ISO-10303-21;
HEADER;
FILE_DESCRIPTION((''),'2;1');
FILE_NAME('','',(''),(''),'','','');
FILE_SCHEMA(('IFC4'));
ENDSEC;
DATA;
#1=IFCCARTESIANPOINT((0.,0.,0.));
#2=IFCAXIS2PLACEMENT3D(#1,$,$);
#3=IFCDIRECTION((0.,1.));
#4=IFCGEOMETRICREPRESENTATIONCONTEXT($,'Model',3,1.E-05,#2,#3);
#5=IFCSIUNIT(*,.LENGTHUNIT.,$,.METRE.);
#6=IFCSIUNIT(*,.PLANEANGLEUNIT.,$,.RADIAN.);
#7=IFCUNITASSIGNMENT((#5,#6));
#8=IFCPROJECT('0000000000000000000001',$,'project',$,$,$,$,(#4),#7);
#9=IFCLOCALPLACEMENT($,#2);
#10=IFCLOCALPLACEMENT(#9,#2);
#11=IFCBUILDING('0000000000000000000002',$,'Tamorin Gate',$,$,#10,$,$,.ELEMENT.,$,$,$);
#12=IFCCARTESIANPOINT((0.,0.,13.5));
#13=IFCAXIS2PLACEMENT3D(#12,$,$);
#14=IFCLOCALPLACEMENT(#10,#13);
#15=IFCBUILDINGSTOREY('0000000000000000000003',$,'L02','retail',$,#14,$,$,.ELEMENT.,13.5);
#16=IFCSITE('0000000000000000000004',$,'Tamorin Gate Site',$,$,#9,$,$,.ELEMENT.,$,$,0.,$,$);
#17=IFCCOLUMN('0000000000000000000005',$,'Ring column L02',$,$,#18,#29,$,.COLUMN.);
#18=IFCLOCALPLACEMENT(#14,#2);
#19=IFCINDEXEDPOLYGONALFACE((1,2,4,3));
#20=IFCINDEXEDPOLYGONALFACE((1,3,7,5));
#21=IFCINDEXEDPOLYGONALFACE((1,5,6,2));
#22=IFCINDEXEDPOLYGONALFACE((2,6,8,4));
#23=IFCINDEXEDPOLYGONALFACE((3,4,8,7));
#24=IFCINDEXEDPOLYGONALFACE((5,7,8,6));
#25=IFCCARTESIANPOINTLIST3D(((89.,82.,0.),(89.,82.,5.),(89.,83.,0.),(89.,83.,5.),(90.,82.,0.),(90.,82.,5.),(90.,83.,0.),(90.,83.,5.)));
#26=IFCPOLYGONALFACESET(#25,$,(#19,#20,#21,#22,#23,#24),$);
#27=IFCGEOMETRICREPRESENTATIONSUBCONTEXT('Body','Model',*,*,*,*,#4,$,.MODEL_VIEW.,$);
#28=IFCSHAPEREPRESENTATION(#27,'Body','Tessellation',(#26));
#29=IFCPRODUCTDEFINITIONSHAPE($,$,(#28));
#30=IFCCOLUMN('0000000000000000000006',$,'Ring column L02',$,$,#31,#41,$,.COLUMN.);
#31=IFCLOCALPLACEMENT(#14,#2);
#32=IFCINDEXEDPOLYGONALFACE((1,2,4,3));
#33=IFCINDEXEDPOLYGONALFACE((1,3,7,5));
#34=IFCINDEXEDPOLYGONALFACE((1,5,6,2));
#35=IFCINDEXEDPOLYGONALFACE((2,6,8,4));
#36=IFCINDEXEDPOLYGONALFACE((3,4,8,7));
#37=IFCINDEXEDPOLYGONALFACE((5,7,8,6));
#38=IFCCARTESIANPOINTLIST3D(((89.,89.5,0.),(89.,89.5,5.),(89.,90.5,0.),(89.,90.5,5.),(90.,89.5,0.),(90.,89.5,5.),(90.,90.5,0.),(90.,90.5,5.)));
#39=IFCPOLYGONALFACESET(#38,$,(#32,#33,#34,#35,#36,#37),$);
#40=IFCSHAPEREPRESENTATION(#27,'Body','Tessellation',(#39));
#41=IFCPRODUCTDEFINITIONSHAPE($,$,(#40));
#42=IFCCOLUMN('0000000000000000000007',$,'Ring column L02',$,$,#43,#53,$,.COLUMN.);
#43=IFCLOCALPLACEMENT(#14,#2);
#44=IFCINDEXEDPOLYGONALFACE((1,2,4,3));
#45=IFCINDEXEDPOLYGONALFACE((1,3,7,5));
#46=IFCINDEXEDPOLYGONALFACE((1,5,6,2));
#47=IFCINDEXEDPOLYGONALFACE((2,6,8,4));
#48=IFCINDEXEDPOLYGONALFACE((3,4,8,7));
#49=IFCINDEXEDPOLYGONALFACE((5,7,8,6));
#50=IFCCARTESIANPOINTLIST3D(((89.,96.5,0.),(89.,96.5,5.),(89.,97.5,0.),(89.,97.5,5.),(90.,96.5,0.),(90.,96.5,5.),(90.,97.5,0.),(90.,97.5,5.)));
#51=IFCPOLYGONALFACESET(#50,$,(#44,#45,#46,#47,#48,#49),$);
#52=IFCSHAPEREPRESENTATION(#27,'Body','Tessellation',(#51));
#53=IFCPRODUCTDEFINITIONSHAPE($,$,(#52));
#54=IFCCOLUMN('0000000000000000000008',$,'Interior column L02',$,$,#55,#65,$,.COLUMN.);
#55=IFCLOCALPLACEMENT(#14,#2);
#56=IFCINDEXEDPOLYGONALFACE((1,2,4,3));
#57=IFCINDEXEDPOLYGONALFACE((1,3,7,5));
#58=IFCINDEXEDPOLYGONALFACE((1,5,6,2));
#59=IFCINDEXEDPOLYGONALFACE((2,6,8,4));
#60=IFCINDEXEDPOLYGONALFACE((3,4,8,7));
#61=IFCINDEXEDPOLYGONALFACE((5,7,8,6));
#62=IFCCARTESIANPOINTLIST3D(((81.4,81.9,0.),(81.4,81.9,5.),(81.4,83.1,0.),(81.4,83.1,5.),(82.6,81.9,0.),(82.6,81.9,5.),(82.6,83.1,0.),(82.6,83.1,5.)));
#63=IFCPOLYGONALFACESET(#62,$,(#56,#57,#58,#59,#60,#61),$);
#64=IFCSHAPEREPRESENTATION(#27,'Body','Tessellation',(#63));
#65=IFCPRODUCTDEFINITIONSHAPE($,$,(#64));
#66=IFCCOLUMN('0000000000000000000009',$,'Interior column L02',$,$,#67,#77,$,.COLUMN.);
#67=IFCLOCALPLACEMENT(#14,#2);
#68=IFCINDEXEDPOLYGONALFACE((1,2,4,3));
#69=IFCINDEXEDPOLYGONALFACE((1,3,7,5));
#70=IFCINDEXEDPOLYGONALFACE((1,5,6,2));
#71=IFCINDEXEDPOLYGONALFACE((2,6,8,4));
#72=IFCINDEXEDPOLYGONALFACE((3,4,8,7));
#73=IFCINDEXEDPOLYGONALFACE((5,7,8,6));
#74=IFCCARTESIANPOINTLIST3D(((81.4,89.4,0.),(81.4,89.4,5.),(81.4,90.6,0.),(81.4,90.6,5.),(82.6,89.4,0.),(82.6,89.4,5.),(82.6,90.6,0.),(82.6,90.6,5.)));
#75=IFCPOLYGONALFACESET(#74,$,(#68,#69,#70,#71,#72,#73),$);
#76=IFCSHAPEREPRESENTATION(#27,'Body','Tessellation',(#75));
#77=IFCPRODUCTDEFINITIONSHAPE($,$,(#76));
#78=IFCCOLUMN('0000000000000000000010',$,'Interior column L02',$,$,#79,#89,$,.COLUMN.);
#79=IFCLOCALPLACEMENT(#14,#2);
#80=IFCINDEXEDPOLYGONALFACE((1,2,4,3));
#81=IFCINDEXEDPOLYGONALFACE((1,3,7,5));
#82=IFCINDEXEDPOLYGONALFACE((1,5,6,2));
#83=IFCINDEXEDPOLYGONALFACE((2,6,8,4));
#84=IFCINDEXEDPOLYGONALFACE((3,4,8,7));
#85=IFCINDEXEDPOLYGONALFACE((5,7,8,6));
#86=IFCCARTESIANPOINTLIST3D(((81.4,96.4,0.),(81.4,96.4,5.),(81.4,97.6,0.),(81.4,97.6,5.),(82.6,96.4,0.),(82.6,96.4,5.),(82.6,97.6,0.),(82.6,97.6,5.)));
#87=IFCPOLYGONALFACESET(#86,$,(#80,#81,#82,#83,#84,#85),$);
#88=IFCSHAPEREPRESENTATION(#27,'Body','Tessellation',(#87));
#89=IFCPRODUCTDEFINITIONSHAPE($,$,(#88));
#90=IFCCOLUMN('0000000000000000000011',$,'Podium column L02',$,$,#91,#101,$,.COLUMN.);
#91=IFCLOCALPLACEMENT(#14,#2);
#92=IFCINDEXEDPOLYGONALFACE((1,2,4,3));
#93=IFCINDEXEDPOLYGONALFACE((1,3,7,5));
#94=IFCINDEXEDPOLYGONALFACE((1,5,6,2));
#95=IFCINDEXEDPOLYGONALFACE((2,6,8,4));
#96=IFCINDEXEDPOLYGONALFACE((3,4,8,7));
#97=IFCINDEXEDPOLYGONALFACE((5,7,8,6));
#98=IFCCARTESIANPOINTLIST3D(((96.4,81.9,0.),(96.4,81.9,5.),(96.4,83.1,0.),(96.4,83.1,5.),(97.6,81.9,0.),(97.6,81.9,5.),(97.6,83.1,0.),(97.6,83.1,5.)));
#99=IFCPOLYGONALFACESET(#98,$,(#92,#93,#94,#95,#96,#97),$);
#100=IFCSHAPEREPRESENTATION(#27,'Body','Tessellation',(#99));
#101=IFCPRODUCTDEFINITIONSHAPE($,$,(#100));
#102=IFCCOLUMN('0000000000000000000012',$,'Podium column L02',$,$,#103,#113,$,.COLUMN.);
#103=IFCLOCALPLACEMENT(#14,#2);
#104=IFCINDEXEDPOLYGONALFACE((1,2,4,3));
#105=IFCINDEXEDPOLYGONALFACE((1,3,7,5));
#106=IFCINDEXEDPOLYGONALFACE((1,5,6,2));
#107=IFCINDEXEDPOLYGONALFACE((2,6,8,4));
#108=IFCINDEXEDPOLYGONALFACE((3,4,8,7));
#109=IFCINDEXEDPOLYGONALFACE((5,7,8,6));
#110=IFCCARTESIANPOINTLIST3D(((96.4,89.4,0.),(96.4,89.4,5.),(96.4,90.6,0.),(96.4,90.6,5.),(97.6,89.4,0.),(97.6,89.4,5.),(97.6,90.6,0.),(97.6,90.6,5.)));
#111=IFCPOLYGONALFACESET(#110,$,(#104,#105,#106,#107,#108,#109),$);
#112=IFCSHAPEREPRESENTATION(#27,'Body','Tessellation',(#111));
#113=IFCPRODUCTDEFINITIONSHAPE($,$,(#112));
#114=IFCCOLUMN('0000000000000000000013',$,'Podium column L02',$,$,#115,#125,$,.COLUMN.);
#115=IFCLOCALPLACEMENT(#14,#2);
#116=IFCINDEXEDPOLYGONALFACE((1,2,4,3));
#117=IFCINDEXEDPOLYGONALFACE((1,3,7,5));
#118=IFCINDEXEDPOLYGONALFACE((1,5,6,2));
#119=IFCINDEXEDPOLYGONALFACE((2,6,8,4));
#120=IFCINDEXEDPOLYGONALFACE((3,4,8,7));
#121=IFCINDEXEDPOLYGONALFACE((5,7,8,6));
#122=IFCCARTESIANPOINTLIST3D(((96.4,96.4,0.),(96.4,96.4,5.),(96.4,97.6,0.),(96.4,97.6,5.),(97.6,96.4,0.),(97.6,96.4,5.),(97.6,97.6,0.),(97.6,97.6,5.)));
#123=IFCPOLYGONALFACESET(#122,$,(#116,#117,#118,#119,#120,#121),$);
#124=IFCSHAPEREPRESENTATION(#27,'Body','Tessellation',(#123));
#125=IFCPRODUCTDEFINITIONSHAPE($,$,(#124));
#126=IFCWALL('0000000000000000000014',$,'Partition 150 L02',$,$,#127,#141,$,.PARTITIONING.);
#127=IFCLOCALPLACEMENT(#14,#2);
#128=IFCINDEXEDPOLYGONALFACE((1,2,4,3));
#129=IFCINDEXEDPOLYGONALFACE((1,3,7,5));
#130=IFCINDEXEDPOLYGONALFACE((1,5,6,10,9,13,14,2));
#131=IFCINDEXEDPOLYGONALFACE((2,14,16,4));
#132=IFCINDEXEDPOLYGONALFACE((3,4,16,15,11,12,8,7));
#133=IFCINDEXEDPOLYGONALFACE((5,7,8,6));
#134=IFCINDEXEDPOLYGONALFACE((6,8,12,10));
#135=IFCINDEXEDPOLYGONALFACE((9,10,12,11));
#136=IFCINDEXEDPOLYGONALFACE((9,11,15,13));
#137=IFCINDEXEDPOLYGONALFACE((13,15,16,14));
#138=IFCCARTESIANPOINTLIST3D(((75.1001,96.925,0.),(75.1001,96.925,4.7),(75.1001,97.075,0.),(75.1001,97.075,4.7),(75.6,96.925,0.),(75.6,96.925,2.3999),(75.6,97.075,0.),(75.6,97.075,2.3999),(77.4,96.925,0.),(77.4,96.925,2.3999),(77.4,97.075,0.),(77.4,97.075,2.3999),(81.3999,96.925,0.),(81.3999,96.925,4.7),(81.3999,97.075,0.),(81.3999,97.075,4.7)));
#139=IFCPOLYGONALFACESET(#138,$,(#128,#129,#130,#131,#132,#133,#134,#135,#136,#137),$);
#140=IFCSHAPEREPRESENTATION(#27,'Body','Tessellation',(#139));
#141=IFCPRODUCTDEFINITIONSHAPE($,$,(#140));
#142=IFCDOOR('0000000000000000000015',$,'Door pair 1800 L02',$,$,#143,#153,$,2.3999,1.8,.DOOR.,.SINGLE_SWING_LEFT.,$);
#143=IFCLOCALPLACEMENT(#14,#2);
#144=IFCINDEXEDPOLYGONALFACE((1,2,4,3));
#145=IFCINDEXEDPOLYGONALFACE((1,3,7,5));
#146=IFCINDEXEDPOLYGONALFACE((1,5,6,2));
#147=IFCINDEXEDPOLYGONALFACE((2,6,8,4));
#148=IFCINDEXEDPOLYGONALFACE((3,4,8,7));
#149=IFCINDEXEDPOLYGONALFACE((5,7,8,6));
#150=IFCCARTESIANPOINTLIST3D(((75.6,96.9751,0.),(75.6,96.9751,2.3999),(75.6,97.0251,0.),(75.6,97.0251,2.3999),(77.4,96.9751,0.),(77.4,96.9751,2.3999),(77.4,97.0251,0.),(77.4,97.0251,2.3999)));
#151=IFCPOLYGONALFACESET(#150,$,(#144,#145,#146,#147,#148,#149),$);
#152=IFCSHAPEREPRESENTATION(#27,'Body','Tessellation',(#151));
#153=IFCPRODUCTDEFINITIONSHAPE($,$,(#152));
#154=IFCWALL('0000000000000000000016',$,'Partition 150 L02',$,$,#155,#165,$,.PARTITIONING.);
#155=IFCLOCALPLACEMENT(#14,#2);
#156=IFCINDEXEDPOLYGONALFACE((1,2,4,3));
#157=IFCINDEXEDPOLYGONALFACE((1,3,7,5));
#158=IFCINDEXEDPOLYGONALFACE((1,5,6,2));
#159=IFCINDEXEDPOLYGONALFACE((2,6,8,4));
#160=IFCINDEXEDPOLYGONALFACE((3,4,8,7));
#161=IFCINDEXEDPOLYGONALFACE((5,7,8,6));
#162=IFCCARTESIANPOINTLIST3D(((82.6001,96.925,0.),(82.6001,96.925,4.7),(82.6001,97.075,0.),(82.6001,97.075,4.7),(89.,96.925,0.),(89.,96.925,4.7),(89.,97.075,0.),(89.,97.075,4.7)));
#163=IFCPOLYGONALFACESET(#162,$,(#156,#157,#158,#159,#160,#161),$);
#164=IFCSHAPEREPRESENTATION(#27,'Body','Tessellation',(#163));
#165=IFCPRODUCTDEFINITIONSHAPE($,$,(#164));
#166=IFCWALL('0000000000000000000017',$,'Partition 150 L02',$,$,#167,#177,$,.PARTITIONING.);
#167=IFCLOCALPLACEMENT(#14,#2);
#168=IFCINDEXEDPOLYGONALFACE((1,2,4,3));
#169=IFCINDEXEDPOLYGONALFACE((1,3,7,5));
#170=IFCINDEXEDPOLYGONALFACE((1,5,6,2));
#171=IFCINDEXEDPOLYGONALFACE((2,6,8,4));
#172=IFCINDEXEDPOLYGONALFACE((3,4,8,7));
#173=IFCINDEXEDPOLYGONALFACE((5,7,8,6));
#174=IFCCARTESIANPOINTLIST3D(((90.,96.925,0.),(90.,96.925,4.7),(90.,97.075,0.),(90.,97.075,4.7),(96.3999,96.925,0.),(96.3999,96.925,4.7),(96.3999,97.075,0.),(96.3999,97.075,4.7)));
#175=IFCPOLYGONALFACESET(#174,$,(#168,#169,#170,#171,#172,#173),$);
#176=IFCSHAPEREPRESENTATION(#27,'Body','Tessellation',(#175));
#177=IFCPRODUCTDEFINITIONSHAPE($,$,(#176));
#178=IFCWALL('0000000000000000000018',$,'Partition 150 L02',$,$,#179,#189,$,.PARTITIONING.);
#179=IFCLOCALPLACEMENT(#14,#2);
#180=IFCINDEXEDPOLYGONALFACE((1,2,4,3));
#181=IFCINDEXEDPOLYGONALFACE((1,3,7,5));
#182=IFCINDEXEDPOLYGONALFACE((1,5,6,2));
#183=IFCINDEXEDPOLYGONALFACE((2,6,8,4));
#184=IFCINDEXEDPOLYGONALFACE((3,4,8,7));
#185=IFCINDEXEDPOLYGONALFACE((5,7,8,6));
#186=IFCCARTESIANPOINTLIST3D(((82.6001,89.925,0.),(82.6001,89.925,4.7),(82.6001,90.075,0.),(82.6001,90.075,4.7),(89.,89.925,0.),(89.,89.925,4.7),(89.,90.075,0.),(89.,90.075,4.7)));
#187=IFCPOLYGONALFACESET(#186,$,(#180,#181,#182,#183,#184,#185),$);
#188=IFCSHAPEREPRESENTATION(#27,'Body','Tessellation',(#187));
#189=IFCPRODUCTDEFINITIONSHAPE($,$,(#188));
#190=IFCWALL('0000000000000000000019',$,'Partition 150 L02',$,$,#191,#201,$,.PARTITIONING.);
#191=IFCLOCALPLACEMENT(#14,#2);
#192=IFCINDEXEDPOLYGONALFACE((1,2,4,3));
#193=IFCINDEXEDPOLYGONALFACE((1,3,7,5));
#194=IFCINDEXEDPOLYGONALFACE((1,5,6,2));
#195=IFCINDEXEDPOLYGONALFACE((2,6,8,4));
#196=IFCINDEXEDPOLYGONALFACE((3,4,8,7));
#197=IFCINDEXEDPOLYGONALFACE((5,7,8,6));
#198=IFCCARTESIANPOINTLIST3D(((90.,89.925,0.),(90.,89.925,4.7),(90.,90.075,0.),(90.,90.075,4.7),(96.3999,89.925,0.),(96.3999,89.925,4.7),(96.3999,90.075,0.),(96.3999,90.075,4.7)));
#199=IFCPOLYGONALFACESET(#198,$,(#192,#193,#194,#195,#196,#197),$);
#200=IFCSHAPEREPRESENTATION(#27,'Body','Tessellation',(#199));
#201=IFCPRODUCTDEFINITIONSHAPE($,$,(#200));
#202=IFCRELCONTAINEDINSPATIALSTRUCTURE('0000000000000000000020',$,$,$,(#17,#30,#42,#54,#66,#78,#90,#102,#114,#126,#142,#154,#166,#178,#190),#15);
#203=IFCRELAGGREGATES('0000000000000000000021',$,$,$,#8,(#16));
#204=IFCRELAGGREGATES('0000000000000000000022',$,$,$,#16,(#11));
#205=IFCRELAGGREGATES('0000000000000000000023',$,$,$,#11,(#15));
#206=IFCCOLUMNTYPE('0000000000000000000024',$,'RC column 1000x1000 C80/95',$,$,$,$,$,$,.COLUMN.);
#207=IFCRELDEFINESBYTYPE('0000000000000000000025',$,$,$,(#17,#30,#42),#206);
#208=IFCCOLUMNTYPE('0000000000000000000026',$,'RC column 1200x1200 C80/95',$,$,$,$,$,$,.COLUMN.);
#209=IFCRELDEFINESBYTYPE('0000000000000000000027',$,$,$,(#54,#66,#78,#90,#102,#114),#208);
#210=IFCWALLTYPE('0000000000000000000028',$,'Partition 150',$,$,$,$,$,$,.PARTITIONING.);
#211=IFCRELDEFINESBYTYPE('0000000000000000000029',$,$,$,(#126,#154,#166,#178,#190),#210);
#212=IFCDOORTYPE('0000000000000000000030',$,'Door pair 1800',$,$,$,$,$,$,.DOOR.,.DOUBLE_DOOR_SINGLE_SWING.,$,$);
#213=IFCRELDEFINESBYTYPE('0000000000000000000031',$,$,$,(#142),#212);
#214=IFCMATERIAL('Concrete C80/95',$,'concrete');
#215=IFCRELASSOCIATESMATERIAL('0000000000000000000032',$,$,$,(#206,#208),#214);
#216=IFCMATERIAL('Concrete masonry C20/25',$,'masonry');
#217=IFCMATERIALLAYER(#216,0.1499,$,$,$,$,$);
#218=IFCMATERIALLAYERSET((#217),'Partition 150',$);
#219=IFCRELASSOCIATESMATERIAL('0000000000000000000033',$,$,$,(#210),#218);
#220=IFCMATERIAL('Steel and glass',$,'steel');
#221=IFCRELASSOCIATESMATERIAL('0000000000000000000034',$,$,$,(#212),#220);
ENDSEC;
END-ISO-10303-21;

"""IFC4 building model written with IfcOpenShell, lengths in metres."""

from ifc_helpers import new_model, si_unit, direction, frame, frame_2d, origin, origin_2d, place, context, subcontext, project, spatial, rectangle, extrude, material, layer, layer_set, material_profile, profile_set, type_object, element, fill, save


model = new_model("IFC4")

# Units and contexts
model_context = context("Model", 3, precision=1e-05, world=origin(), true_north=direction((0.0, 1.0)))
body_context = subcontext(model_context, "Body", "Model", "MODEL_VIEW")
ifc_project = project(units=[si_unit("LENGTHUNIT", "METRE"), si_unit("PLANEANGLEUNIT", "RADIAN")], contexts=[model_context])

# Site, building, storey
site_placement = place(None, origin())
site = spatial("IfcSite", under=ifc_project, at=site_placement, Name="Tamorin Gate Site", CompositionType="ELEMENT", RefElevation=0.0)
building_placement = place(site_placement, origin())
building = spatial("IfcBuilding", under=site, at=building_placement, Name="Tamorin Gate", CompositionType="ELEMENT")
storey_placement = place(building_placement, frame((0.0, 0.0, 13.5)))
storey = spatial("IfcBuildingStorey", under=building, at=storey_placement, Name="L02", Description="retail", CompositionType="ELEMENT", Elevation=13.5)

# Columns
ifc_material_1 = material(Name="Concrete C80/95", Category="concrete")
ifc_material_profile_1 = material_profile(ifc_material_1, rectangle(XDim=1.0, YDim=1.0, at=origin_2d()), Name="RC 1000x1000")
ifc_profile_set_1 = profile_set([ifc_material_profile_1], Name="Concrete C80/95")
column_type_1 = type_object("IfcColumnType", Name="RC column 1000x1000 C80/95", PredefinedType="COLUMN", material=ifc_profile_set_1)
for number, where, z_axis, x_axis, name in (
    (1, (89.5, 82.5, 0.0), (0.0, 0.0, 1.0), (1.0, 0.0, 0.0), "Ring column L02"),
    (2, (89.5, 90.0, 0.0), (0.0, 0.0, 1.0), (1.0, 0.0, 0.0), "Ring column L02"),
    (3, (89.5, 97.0, 0.0), (0.0, 0.0, 1.0), (1.0, 0.0, 0.0), "Ring column L02"),
):
    element("IfcColumn", number, at=place(storey_placement, frame(where, z_axis=z_axis, x_axis=x_axis)), inside=storey, type_object=column_type_1, Name=name, PredefinedType="COLUMN", context=body_context, shape_type="SweptSolid", body=[
        extrude(rectangle(XDim=1.0, YDim=1.0, at=origin_2d()), origin(), (0.0, 0.0, 1.0), 5.0),
    ])
ifc_material_profile_2 = material_profile(ifc_material_1, rectangle(XDim=1.2, YDim=1.2, at=origin_2d()), Name="RC 1200x1200")
ifc_profile_set_2 = profile_set([ifc_material_profile_2], Name="Concrete C80/95")
column_type_2 = type_object("IfcColumnType", Name="RC column 1200x1200 C80/95", PredefinedType="COLUMN", material=ifc_profile_set_2)
for number, where, z_axis, x_axis, name in (
    (4, (82.0, 82.5, 0.0), (0.0, 0.0, 1.0), (1.0, 0.0, 0.0), "Interior column L02"),
    (5, (82.0, 90.0, 0.0), (0.0, 0.0, 1.0), (1.0, 0.0, 0.0), "Interior column L02"),
    (6, (82.0, 97.0, 0.0), (0.0, 0.0, 1.0), (1.0, 0.0, 0.0), "Interior column L02"),
    (7, (97.0, 82.5, 0.0), (0.0, 0.0, 1.0), (1.0, 0.0, 0.0), "Podium column L02"),
    (8, (97.0, 90.0, 0.0), (0.0, 0.0, 1.0), (1.0, 0.0, 0.0), "Podium column L02"),
    (9, (97.0, 97.0, 0.0), (0.0, 0.0, 1.0), (1.0, 0.0, 0.0), "Podium column L02"),
):
    element("IfcColumn", number, at=place(storey_placement, frame(where, z_axis=z_axis, x_axis=x_axis)), inside=storey, type_object=column_type_2, Name=name, PredefinedType="COLUMN", context=body_context, shape_type="SweptSolid", body=[
        extrude(rectangle(XDim=1.2, YDim=1.2, at=origin_2d()), origin(), (0.0, 0.0, 1.0), 5.0),
    ])

# Wall, opening, door
ifc_material_2 = material(Name="Concrete masonry C20/25", Category="masonry")
ifc_layer_1 = layer(ifc_material_2, 0.1499)
ifc_layer_set_1 = layer_set([ifc_layer_1], Name="Partition 150")
wall_type_1 = type_object("IfcWallType", Name="Partition 150", PredefinedType="PARTITIONING", material=ifc_layer_set_1)
wall_1_placement = place(storey_placement, frame((81.3999, 97.0, 0.0), z_axis=(0.0, 0.0, 1.0), x_axis=(-1.0, 0.0, 0.0)))
wall_1 = element("IfcWall", 10, at=wall_1_placement, inside=storey, type_object=wall_type_1, Name="Partition 150 L02", PredefinedType="PARTITIONING", context=body_context, shape_type="SweptSolid", body=[
    extrude(rectangle(XDim=6.2998, YDim=0.1499, at=frame_2d((3.1499, 0.0))), origin(), (0.0, 0.0, 1.0), 4.7),
])
opening_1_placement = place(wall_1_placement, frame((4.0, 0.0, 0.0)))
opening_1 = element("IfcOpeningElement", 11, at=opening_1_placement, cuts=wall_1, PredefinedType="OPENING", context=body_context, shape_type="SweptSolid", body=[
    extrude(rectangle(XDim=1.8, YDim=2.3999, at=frame_2d((0.8999, 1.2))), frame((0.0, 0.085, 0.0), z_axis=(0.0, -1.0, 0.0), x_axis=(1.0, 0.0, 0.0)), (0.0, 0.0, 1.0), 0.1699),
])
ifc_material_3 = material(Name="Steel and glass", Category="steel")
door_type_1 = type_object("IfcDoorType", Name="Door pair 1800", OperationType="DOUBLE_DOOR_SINGLE_SWING", PredefinedType="DOOR", material=ifc_material_3)
door_1_placement = place(opening_1_placement, origin())
door_1 = element("IfcDoor", 12, at=door_1_placement, inside=storey, type_object=door_type_1, Name="Door pair 1800 L02", OperationType="SINGLE_SWING_LEFT", OverallHeight=2.3999, OverallWidth=1.8, PredefinedType="DOOR", context=body_context, shape_type="SweptSolid", body=[
    extrude(rectangle(XDim=1.8, YDim=2.3999, at=frame_2d((0.8999, 1.2))), frame((0.0, 0.0249, 0.0), z_axis=(0.0, -1.0, 0.0), x_axis=(1.0, 0.0, 0.0)), (0.0, 0.0, 1.0), 0.05),
])
fill(opening_1, door_1)

# Walls
for number, where, z_axis, x_axis, name in (
    (13, (82.6001, 97.0, 0.0), (0.0, 0.0, 1.0), (1.0, 0.0, 0.0), "Partition 150 L02"),
    (14, (90.0, 97.0, 0.0), (0.0, 0.0, 1.0), (1.0, 0.0, 0.0), "Partition 150 L02"),
    (15, (82.6001, 90.0, 0.0), (0.0, 0.0, 1.0), (1.0, 0.0, 0.0), "Partition 150 L02"),
    (16, (90.0, 90.0, 0.0), (0.0, 0.0, 1.0), (1.0, 0.0, 0.0), "Partition 150 L02"),
):
    element("IfcWall", number, at=place(storey_placement, frame(where, z_axis=z_axis, x_axis=x_axis)), inside=storey, type_object=wall_type_1, Name=name, PredefinedType="PARTITIONING", context=body_context, shape_type="SweptSolid", body=[
        extrude(rectangle(XDim=6.3999, YDim=0.1499, at=frame_2d((3.2, 0.0))), origin(), (0.0, 0.0, 1.0), 4.7),
    ])

save(model, "model.ifc")
